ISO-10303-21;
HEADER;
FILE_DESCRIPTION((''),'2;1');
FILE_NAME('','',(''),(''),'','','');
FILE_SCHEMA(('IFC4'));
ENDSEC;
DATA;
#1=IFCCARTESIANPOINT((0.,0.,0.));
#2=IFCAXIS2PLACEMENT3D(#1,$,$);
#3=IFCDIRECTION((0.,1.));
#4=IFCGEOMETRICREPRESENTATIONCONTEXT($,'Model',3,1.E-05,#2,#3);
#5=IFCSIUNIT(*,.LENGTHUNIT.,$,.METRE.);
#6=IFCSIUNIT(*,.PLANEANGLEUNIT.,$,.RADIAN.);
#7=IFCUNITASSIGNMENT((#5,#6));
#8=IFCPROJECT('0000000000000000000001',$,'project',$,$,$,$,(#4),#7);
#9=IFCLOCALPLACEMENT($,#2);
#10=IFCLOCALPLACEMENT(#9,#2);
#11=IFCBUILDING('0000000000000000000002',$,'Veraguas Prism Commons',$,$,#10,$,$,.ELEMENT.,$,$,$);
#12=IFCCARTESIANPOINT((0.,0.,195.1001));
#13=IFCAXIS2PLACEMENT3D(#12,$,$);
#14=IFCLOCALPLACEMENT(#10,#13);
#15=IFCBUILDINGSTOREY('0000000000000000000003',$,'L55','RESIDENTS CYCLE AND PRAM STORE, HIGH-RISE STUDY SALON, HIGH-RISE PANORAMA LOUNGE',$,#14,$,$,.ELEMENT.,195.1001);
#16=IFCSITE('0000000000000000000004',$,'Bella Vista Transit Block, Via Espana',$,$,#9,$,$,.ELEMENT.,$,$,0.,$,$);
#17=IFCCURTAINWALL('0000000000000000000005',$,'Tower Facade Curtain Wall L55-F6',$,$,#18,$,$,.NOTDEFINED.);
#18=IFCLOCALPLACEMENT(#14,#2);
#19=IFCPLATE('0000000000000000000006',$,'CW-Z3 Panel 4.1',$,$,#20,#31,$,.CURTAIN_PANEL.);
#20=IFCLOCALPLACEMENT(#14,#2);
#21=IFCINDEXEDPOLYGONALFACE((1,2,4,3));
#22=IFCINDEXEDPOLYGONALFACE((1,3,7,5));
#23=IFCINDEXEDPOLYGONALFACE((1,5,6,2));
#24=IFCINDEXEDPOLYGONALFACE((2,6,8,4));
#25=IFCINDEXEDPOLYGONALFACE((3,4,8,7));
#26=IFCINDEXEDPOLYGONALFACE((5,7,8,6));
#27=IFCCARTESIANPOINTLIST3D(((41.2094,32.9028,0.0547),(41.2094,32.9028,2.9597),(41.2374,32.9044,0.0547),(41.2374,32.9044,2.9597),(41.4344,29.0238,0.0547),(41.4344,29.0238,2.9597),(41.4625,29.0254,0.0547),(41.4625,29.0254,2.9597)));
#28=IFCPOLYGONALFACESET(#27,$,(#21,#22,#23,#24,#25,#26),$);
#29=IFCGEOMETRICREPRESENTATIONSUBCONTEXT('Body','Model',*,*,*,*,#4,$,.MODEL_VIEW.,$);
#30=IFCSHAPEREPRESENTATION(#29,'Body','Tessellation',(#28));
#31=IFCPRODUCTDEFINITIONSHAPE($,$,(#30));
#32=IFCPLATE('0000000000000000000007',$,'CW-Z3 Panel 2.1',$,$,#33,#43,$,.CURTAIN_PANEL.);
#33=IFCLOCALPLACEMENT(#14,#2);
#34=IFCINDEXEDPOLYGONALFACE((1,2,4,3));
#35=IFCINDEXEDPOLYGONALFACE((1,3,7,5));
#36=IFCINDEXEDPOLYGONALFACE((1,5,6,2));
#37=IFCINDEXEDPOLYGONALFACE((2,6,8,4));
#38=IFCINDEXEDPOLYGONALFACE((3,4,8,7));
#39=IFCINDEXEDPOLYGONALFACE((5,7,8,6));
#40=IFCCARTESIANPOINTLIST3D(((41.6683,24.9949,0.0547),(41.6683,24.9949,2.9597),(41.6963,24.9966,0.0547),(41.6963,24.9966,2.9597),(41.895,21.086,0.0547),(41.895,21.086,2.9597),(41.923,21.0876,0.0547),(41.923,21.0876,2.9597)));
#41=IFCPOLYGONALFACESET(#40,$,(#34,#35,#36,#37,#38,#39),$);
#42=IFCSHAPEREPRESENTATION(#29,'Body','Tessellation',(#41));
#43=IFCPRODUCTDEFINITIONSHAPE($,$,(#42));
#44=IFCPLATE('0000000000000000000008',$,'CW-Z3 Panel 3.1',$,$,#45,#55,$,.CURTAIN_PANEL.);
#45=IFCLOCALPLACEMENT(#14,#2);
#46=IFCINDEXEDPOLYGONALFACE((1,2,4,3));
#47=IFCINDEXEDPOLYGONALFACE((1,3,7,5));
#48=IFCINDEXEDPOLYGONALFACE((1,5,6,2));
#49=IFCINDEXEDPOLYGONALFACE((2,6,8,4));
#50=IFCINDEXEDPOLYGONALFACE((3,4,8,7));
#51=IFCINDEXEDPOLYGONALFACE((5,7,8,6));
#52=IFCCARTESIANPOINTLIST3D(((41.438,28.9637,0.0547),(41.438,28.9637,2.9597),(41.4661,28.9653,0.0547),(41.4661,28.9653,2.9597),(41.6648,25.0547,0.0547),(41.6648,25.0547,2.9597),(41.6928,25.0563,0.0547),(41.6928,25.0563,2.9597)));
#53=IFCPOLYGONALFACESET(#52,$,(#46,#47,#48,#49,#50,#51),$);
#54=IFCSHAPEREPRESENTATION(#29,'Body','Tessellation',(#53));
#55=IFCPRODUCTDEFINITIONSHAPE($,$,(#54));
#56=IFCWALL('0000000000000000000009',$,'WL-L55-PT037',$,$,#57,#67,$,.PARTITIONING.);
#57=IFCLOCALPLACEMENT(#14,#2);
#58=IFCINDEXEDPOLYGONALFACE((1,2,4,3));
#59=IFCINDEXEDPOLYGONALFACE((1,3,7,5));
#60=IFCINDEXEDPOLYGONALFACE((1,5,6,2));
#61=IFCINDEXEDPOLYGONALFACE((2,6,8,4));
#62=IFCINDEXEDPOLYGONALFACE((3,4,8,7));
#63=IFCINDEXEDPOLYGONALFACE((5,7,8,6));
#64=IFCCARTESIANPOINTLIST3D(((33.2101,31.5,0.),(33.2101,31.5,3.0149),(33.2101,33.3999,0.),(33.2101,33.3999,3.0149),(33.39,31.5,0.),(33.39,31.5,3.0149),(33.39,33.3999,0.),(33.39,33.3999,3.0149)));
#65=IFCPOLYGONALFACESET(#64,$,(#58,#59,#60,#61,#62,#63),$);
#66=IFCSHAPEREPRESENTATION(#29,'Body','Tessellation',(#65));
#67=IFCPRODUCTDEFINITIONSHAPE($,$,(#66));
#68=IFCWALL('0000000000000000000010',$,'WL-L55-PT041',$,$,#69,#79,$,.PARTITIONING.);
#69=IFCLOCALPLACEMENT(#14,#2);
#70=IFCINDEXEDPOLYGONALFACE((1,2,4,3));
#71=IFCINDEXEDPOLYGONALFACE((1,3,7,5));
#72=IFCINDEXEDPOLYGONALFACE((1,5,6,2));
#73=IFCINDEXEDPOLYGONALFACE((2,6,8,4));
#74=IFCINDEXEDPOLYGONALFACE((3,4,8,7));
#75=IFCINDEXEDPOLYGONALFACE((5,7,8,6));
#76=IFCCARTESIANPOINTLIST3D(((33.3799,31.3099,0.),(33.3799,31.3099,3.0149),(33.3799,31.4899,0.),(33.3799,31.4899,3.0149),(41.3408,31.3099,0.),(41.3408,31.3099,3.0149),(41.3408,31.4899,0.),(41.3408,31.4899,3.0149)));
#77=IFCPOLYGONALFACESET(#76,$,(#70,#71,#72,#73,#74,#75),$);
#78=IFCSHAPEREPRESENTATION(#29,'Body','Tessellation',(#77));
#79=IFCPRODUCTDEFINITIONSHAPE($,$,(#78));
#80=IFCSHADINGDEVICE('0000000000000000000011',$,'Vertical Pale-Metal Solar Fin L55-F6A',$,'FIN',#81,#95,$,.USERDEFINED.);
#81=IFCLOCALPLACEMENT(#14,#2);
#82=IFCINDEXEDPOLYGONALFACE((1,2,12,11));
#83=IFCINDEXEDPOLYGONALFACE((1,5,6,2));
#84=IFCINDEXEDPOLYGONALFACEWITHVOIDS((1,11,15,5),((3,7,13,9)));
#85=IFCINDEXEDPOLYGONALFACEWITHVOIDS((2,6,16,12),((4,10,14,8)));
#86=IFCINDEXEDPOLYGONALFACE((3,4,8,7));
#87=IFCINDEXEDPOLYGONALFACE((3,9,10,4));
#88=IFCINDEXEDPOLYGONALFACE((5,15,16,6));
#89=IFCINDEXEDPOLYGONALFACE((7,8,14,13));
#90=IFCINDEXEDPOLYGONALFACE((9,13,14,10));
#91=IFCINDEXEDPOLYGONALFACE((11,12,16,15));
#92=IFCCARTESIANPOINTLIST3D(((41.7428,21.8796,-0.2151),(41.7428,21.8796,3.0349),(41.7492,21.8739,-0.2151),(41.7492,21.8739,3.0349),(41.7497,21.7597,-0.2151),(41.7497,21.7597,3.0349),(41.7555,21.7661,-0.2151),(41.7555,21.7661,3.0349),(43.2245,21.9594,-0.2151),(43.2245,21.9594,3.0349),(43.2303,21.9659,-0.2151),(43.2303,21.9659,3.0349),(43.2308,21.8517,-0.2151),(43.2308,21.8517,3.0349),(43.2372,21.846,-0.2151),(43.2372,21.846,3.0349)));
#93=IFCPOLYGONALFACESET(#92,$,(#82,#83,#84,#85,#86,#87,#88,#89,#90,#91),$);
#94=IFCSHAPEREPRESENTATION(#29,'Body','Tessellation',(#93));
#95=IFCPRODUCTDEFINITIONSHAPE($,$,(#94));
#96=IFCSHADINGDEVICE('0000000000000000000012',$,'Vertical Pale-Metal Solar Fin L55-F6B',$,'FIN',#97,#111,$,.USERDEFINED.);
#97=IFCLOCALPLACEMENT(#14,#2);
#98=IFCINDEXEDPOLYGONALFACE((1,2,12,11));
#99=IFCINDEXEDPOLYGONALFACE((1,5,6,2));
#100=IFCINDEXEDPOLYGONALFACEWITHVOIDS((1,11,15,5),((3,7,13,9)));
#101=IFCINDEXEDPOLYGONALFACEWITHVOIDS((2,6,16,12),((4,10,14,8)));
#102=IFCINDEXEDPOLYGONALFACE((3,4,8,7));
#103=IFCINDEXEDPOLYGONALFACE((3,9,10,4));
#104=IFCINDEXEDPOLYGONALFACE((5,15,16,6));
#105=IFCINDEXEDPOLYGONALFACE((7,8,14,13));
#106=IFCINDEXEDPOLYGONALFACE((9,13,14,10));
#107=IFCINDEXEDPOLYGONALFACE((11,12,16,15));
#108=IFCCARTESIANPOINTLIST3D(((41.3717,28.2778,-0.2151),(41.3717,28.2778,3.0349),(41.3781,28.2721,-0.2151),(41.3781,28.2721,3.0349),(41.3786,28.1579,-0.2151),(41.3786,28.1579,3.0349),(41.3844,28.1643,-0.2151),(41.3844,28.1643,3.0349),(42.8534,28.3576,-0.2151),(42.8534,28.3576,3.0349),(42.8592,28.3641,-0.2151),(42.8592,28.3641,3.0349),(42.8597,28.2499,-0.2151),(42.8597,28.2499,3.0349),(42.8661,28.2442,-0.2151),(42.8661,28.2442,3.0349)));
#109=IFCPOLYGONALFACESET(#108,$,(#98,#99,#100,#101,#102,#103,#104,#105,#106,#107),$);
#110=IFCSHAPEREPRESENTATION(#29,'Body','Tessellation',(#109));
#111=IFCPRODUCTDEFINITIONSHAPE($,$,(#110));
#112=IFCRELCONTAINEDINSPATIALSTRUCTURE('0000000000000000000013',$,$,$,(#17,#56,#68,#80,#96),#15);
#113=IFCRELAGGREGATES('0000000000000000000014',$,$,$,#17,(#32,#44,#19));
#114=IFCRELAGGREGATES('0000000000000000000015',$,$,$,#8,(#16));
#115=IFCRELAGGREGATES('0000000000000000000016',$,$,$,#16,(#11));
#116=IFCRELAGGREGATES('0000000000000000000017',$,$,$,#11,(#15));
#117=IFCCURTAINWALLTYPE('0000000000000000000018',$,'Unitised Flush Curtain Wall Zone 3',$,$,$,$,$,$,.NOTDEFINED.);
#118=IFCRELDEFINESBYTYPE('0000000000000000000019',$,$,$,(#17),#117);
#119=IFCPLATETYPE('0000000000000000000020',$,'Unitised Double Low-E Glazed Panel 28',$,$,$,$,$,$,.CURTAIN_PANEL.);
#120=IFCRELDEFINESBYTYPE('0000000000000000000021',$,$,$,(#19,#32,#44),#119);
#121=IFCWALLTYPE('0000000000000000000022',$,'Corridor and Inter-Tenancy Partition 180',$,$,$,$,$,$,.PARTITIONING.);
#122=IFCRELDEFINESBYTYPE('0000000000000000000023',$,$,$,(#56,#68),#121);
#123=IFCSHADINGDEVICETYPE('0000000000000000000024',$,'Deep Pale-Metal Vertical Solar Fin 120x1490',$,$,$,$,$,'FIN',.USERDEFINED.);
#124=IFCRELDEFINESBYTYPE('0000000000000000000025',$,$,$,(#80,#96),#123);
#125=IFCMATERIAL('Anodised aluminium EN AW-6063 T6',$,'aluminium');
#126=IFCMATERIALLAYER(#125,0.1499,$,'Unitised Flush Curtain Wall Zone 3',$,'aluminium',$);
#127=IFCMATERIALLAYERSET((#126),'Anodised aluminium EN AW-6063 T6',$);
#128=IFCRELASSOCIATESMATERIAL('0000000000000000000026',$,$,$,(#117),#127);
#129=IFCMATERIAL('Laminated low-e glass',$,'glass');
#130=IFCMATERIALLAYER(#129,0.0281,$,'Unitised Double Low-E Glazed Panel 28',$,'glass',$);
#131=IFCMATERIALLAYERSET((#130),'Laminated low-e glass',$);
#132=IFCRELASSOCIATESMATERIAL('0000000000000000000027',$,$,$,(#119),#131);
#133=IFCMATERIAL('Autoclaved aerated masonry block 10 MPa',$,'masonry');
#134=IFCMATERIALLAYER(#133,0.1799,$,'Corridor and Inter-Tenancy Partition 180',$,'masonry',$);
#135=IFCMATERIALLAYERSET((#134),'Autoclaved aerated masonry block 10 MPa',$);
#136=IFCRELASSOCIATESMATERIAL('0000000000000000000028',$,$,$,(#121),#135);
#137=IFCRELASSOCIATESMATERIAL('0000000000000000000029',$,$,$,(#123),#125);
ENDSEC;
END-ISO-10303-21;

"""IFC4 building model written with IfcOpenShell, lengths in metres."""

from ifc_helpers import new_model, si_unit, direction, frame, frame_2d, origin, origin_2d, place, context, subcontext, project, spatial, rectangle, hollow_rectangle, extrude, source, transform, mapped, material, layer, layer_set, material_profile, profile_set, type_object, element, aggregate, save


model = new_model("IFC4")

# Units and contexts
model_context = context("Model", 3, precision=1e-05, world=origin(), true_north=direction((0.0, 1.0)))
body_context = subcontext(model_context, "Body", "Model", "MODEL_VIEW")
ifc_project = project(units=[si_unit("LENGTHUNIT", "METRE"), si_unit("PLANEANGLEUNIT", "RADIAN")], contexts=[model_context])

# Site, building, storey
site_placement = place(None, origin())
site = spatial("IfcSite", under=ifc_project, at=site_placement, Name="Bella Vista Transit Block, Via Espana", CompositionType="ELEMENT", RefElevation=0.0)
building_placement = place(site_placement, origin())
building = spatial("IfcBuilding", under=site, at=building_placement, Name="Veraguas Prism Commons", CompositionType="ELEMENT")
storey_placement = place(building_placement, frame((0.0, 0.0, 195.1001)))
storey = spatial("IfcBuildingStorey", under=building, at=storey_placement, Name="L55", Description="RESIDENTS CYCLE AND PRAM STORE, HIGH-RISE STUDY SALON, HIGH-RISE PANORAMA LOUNGE", CompositionType="ELEMENT", Elevation=195.1001)

# Curtain wall, plates
ifc_material_1 = material(Name="Anodised aluminium EN AW-6063 T6", Category="aluminium")
ifc_layer_1 = layer(ifc_material_1, 0.1499, Name="Unitised Flush Curtain Wall Zone 3", Category="aluminium")
ifc_layer_set_1 = layer_set([ifc_layer_1], Name="Anodised aluminium EN AW-6063 T6")
curtain_wall_type = type_object("IfcCurtainWallType", Name="Unitised Flush Curtain Wall Zone 3", PredefinedType="NOTDEFINED", material=ifc_layer_set_1)
curtain_wall_placement = place(storey_placement, origin())
curtain_wall = element("IfcCurtainWall", 1, at=curtain_wall_placement, inside=storey, type_object=curtain_wall_type, Name="Tower Facade Curtain Wall L55-F6", PredefinedType="NOTDEFINED")
ifc_material_2 = material(Name="Laminated low-e glass", Category="glass")
ifc_layer_2 = layer(ifc_material_2, 0.0281, Name="Unitised Double Low-E Glazed Panel 28", Category="glass")
ifc_layer_set_2 = layer_set([ifc_layer_2], Name="Laminated low-e glass")
plate_type = type_object("IfcPlateType", Name="Unitised Double Low-E Glazed Panel 28", PredefinedType="CURTAIN_PANEL", material=ifc_layer_set_2)
shared_shape_1 = source(origin(), body_context, "Body", "SweptSolid", [
    extrude(rectangle(XDim=3.8855, YDim=0.0281, at=origin_2d()), origin(), (0.0, 0.0, 1.0), 2.905),
])
plate_1_placement = place(storey_placement, frame((41.3359, 30.9641, 0.0547), z_axis=(0.0, 0.0, 1.0), x_axis=(-0.057909, 0.998322, 0.0)))
plate_1 = element("IfcPlate", 2, at=plate_1_placement, type_object=plate_type, Name="CW-Z3 Panel 4.1", PredefinedType="CURTAIN_PANEL", context=body_context, shape_type="MappedRepresentation", body=[
    mapped(shared_shape_1, transform((0.0, 0.0, 0.0), scale=1.0)),
])
shared_shape_2 = source(origin(), body_context, "Body", "SweptSolid", [
    extrude(rectangle(XDim=3.9155, YDim=0.0281, at=origin_2d()), origin(), (0.0, 0.0, 1.0), 2.905),
])
plate_2_placement = place(storey_placement, frame((41.7957, 23.0413, 0.0547), z_axis=(0.0, 0.0, 1.0), x_axis=(-0.057909, 0.998322, 0.0)))
plate_2 = element("IfcPlate", 3, at=plate_2_placement, type_object=plate_type, Name="CW-Z3 Panel 2.1", PredefinedType="CURTAIN_PANEL", context=body_context, shape_type="MappedRepresentation", body=[
    mapped(shared_shape_2, transform((0.0, 0.0, 0.0), scale=1.0)),
])
plate_3_placement = place(storey_placement, frame((41.5654, 27.01, 0.0547), z_axis=(0.0, 0.0, 1.0), x_axis=(-0.057909, 0.998322, 0.0)))
plate_3 = element("IfcPlate", 4, at=plate_3_placement, type_object=plate_type, Name="CW-Z3 Panel 3.1", PredefinedType="CURTAIN_PANEL", context=body_context, shape_type="MappedRepresentation", body=[
    mapped(shared_shape_2, transform((0.0, 0.0, 0.0), scale=1.0)),
])
aggregate(curtain_wall, [plate_2, plate_3, plate_1])

# Walls
ifc_material_3 = material(Name="Autoclaved aerated masonry block 10 MPa", Category="masonry")
ifc_layer_3 = layer(ifc_material_3, 0.1799, Name="Corridor and Inter-Tenancy Partition 180", Category="masonry")
ifc_layer_set_3 = layer_set([ifc_layer_3], Name="Autoclaved aerated masonry block 10 MPa")
wall_type = type_object("IfcWallType", Name="Corridor and Inter-Tenancy Partition 180", PredefinedType="PARTITIONING", material=ifc_layer_set_3)
wall_1_placement = place(storey_placement, frame((33.3, 31.5, 0.0), z_axis=(0.0, 0.0, 1.0), x_axis=(0.0, 1.0, 0.0)))
element("IfcWall", 5, at=wall_1_placement, inside=storey, type_object=wall_type, Name="WL-L55-PT037", PredefinedType="PARTITIONING", context=body_context, shape_type="SweptSolid", body=[
    extrude(rectangle(XDim=1.8999, YDim=0.1799, at=frame_2d((0.95, 0.0))), origin(), (0.0, 0.0, 1.0), 3.0149),
])
wall_2_placement = place(storey_placement, frame((33.3799, 31.3999, 0.0), z_axis=(0.0, 0.0, 1.0), x_axis=(1.0, 0.0, 0.0)))
element("IfcWall", 6, at=wall_2_placement, inside=storey, type_object=wall_type, Name="WL-L55-PT041", PredefinedType="PARTITIONING", context=body_context, shape_type="SweptSolid", body=[
    extrude(rectangle(XDim=7.9609, YDim=0.1799, at=frame_2d((3.9805, 0.0))), origin(), (0.0, 0.0, 1.0), 3.0149),
])

# Shading devices
ifc_material_profile_1 = material_profile(ifc_material_1, hollow_rectangle(XDim=0.1201, YDim=1.49, WallThickness=0.0061, at=origin_2d()), Name="FIN120X1490X6")
ifc_profile_set_1 = profile_set([ifc_material_profile_1], Name="Anodised aluminium EN AW-6063 T6")
shading_device_type = type_object("IfcShadingDeviceType", Name="Deep Pale-Metal Vertical Solar Fin 120x1490", ElementType="FIN", PredefinedType="USERDEFINED", material=ifc_profile_set_1)
for number, where, z_axis, x_axis, name in (
    (7, (42.49, 21.8628, -0.2151), (0.0, 0.0, 1.0), (-0.057913, 0.998322, 0.0), "Vertical Pale-Metal Solar Fin L55-F6A"),
    (8, (42.1189, 28.261, -0.2151), (0.0, 0.0, 1.0), (-0.057913, 0.998322, 0.0), "Vertical Pale-Metal Solar Fin L55-F6B"),
):
    element("IfcShadingDevice", number, at=place(storey_placement, frame(where, z_axis=z_axis, x_axis=x_axis)), inside=storey, type_object=shading_device_type, Name=name, ObjectType="FIN", PredefinedType="USERDEFINED", context=body_context, shape_type="SweptSolid", body=[
        extrude(hollow_rectangle(XDim=0.1201, YDim=1.49, WallThickness=0.0061, at=origin_2d()), origin(), (0.0, 0.0, 1.0), 3.25),
    ])

save(model, "model.ifc")
